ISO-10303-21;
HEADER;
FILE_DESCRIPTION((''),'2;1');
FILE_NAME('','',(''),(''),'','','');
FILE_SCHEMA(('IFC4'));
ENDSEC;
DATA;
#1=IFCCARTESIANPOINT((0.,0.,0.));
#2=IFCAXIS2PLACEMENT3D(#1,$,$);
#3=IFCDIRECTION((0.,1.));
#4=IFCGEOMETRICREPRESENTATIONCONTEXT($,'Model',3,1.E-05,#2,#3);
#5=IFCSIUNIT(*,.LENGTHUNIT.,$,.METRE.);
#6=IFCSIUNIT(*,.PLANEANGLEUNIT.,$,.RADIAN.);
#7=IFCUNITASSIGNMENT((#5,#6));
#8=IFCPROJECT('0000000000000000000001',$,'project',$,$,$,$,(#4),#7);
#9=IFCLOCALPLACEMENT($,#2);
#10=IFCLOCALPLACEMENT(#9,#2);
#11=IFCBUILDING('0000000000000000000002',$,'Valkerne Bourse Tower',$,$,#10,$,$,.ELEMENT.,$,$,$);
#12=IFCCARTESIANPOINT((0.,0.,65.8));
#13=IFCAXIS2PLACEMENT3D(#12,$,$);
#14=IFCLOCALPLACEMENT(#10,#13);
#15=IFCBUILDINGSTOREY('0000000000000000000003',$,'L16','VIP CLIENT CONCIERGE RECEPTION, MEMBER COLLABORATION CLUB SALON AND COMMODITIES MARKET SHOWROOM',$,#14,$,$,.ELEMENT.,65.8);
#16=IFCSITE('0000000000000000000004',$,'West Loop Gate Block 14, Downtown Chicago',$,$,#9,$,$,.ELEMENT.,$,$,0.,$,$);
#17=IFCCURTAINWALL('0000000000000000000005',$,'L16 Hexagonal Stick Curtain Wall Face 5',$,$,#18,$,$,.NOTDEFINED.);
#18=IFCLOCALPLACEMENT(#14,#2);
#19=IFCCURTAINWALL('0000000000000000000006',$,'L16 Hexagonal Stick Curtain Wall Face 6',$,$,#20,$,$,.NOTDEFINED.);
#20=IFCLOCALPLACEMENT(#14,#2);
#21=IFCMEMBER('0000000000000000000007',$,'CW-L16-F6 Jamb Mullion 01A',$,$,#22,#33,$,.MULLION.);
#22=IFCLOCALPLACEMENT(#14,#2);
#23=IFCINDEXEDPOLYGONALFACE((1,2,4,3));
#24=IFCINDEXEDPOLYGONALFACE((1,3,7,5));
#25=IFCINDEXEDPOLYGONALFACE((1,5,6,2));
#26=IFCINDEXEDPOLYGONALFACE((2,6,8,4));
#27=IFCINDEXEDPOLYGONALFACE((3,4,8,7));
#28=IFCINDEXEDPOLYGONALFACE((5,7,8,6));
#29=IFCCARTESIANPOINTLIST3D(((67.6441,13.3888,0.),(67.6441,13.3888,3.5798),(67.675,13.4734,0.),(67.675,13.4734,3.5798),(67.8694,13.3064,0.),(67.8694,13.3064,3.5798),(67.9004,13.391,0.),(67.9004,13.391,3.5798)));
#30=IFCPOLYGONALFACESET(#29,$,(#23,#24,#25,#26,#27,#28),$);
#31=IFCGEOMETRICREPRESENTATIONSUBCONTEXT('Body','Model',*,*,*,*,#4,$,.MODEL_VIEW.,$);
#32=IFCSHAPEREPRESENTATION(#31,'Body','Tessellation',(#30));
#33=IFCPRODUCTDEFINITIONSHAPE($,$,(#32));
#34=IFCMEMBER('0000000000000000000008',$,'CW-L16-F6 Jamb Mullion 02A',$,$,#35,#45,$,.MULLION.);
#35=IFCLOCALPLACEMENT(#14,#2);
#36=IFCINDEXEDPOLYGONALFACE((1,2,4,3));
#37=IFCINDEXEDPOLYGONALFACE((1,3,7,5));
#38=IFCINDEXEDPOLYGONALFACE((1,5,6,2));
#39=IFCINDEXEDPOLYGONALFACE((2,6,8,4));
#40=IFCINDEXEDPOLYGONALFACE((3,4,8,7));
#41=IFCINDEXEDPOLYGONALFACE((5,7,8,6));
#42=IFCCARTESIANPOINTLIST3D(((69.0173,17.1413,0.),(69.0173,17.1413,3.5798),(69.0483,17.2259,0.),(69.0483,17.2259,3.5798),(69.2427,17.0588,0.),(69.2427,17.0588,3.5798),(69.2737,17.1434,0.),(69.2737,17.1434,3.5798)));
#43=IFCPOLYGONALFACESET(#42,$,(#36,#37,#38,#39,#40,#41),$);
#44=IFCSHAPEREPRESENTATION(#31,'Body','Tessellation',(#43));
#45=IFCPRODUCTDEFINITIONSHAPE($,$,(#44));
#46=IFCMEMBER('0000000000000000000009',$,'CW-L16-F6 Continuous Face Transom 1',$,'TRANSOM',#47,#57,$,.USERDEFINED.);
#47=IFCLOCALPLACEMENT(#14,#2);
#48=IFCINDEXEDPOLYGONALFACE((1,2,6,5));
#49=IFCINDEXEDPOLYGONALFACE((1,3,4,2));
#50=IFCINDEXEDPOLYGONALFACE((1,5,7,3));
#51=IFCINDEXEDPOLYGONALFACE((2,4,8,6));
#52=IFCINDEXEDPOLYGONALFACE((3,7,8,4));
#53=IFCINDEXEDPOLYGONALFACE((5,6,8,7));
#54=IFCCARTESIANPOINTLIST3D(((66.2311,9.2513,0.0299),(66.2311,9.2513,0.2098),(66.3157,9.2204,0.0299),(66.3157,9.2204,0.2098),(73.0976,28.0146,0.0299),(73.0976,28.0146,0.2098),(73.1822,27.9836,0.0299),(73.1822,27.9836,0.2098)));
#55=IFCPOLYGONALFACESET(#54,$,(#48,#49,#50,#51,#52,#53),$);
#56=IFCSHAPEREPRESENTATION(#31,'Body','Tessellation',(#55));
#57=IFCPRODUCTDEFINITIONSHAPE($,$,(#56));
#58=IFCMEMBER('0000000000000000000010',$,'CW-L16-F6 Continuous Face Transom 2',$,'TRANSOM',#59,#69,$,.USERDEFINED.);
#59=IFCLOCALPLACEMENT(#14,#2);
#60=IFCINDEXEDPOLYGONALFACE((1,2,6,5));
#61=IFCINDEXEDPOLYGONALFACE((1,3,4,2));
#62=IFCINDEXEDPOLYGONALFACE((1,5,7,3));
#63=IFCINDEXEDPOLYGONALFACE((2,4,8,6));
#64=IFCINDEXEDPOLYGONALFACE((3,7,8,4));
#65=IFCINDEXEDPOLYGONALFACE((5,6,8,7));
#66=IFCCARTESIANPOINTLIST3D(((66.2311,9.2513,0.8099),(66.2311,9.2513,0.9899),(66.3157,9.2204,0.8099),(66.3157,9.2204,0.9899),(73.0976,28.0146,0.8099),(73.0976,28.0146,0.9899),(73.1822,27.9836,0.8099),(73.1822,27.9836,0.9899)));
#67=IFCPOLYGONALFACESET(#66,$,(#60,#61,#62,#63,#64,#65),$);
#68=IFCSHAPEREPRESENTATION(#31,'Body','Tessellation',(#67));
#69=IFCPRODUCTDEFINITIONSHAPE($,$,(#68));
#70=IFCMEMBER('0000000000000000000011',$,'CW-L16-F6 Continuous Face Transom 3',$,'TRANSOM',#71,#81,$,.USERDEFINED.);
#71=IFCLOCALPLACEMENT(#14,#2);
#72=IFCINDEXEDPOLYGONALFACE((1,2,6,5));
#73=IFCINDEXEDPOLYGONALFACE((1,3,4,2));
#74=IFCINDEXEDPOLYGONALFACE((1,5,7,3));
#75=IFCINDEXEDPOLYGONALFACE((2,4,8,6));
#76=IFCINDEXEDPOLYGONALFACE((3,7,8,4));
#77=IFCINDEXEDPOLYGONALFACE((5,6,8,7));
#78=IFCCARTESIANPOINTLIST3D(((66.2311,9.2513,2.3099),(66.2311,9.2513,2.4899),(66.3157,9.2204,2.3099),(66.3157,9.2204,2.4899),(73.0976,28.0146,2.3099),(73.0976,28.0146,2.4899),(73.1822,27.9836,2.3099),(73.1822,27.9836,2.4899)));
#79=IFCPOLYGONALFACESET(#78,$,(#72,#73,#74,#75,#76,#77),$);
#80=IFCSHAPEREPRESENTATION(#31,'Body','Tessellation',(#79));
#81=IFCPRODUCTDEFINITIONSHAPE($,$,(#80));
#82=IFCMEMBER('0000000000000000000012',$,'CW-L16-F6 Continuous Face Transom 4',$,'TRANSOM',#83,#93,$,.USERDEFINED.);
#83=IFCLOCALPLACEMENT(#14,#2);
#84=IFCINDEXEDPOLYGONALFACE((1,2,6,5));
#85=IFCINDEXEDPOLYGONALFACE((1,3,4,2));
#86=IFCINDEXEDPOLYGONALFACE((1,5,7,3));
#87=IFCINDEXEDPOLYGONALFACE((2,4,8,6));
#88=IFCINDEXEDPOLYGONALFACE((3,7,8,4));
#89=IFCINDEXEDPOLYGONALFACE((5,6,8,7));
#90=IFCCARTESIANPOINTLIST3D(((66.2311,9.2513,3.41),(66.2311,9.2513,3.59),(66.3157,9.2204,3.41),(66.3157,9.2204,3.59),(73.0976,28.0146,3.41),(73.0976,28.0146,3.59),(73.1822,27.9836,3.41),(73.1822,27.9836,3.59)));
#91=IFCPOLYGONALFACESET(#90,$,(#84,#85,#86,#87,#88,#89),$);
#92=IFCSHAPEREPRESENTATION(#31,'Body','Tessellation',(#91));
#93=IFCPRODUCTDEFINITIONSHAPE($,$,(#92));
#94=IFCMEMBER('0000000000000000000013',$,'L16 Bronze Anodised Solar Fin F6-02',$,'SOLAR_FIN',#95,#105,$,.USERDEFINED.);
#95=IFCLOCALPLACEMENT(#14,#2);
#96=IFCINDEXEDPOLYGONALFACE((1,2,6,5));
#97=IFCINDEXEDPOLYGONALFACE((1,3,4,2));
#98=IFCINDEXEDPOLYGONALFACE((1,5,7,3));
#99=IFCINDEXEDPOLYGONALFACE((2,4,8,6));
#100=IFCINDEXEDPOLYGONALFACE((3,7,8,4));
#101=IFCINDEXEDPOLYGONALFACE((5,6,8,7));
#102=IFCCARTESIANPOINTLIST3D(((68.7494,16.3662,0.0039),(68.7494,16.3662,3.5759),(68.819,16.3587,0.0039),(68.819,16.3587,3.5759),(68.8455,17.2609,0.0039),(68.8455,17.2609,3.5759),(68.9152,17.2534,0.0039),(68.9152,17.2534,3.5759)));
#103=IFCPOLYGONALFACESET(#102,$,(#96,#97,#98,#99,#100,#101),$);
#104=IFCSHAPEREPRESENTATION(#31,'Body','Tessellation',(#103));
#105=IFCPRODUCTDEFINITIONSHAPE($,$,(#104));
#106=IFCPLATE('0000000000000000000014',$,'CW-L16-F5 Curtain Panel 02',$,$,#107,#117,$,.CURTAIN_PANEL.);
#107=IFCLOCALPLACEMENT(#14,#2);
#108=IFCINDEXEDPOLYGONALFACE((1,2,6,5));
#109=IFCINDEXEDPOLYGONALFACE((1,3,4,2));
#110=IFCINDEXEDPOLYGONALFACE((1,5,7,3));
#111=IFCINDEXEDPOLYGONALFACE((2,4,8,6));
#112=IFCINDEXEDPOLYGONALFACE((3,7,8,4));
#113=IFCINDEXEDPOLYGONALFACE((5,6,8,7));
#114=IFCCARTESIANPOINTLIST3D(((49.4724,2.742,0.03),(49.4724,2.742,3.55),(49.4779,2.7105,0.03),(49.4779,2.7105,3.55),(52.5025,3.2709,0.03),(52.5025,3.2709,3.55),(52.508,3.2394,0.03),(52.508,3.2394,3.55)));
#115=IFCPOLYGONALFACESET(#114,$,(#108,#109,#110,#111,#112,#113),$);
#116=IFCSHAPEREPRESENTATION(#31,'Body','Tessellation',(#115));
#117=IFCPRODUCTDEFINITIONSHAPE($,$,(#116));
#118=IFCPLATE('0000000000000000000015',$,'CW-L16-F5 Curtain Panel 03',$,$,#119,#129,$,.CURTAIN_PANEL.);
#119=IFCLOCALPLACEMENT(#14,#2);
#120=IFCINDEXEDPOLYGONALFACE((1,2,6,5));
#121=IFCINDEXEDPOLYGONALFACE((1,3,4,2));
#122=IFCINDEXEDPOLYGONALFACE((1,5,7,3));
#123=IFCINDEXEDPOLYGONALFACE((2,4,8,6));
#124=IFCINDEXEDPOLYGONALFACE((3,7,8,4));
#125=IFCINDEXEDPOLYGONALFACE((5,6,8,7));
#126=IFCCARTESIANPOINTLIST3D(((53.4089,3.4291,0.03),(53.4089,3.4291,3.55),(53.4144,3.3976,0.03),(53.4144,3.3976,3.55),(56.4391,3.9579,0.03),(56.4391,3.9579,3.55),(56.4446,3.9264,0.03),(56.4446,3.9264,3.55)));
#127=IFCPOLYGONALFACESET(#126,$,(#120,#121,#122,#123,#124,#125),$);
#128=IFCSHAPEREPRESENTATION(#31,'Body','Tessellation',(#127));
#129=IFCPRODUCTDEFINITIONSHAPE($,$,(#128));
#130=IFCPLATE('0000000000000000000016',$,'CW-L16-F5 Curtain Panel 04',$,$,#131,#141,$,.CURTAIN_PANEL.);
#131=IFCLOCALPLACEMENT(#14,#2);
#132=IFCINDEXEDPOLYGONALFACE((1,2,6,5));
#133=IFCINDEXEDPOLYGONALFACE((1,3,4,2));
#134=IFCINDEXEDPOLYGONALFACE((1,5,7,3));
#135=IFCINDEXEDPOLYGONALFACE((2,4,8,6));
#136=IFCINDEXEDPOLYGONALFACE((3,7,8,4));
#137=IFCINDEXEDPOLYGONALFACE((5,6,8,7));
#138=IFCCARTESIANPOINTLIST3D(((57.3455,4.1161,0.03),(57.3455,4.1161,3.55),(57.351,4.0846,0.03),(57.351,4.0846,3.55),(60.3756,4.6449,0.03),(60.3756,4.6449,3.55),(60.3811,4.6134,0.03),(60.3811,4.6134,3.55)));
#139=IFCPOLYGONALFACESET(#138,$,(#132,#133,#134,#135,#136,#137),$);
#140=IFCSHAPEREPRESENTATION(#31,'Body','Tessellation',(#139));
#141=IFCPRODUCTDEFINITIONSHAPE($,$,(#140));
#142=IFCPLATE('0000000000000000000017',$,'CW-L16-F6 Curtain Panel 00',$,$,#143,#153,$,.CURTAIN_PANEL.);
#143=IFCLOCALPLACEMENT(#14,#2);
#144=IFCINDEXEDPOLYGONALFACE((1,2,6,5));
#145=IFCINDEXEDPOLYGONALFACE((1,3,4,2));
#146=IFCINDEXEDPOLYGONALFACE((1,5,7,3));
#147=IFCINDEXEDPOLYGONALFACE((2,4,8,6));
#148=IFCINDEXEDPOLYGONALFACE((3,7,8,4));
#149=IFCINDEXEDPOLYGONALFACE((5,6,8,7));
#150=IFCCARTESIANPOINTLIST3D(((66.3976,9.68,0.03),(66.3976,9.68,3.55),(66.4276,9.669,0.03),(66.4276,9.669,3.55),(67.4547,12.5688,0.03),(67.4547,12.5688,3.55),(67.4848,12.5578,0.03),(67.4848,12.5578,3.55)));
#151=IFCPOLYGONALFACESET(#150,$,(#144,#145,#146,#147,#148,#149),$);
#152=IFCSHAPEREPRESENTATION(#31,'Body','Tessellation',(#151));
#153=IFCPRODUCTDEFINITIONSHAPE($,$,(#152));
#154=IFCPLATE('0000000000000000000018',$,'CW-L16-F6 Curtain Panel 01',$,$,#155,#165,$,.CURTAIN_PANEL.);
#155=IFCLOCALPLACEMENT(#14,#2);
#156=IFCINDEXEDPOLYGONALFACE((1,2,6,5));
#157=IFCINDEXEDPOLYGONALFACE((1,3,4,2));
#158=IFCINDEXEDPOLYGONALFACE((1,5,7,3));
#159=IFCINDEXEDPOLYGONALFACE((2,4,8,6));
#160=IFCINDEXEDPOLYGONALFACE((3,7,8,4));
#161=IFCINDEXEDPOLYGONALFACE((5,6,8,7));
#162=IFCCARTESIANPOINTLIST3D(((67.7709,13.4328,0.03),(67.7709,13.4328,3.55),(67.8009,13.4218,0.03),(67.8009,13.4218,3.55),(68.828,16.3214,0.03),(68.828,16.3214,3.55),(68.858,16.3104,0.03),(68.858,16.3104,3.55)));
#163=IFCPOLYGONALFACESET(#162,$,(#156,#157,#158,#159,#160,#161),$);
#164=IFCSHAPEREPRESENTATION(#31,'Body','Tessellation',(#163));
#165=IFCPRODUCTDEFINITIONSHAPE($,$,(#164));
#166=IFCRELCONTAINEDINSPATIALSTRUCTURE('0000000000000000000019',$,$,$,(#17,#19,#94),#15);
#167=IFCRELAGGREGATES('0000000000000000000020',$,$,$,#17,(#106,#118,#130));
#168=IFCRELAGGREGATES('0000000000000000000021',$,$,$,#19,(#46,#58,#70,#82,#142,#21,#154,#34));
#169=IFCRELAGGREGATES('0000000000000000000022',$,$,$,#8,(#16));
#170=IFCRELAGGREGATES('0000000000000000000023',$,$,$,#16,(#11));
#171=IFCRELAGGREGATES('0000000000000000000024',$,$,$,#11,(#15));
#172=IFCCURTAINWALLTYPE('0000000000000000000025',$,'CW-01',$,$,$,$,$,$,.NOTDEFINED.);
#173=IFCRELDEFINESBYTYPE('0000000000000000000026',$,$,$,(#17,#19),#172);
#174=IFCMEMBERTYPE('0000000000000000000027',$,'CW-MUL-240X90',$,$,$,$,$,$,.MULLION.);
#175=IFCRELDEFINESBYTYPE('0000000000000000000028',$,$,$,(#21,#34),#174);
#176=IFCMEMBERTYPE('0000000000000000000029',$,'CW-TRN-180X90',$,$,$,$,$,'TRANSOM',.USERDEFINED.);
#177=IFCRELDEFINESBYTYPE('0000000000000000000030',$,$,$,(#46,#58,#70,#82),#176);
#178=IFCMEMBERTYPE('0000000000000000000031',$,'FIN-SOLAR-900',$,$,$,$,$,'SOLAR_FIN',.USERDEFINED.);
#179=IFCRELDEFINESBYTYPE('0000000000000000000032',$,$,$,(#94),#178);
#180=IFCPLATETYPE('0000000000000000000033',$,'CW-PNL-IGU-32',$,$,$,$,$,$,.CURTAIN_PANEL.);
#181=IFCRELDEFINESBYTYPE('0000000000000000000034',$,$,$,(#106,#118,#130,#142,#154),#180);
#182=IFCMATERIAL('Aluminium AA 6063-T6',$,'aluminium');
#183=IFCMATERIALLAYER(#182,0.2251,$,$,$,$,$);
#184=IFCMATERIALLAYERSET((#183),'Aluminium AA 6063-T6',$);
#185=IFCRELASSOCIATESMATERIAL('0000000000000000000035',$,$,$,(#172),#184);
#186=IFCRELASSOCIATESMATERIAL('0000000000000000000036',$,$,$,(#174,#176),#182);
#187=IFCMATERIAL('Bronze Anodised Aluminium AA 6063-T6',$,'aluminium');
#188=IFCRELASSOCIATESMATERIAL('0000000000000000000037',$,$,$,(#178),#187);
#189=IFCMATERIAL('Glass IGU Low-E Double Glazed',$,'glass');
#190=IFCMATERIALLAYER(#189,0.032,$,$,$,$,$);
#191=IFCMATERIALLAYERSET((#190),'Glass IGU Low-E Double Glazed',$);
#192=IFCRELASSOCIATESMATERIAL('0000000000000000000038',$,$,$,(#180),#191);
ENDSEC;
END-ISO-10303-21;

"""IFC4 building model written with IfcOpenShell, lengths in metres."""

from ifc_helpers import new_model, si_unit, direction, frame, origin, origin_2d, place, context, subcontext, project, spatial, rectangle, extrude, material, layer, layer_set, material_profile, profile_set, type_object, element, aggregate, save


model = new_model("IFC4")

# Units and contexts
model_context = context("Model", 3, precision=1e-05, world=origin(), true_north=direction((0.0, 1.0)))
body_context = subcontext(model_context, "Body", "Model", "MODEL_VIEW")
ifc_project = project(units=[si_unit("LENGTHUNIT", "METRE"), si_unit("PLANEANGLEUNIT", "RADIAN")], contexts=[model_context])

# Site, building, storey
site_placement = place(None, origin())
site = spatial("IfcSite", under=ifc_project, at=site_placement, Name="West Loop Gate Block 14, Downtown Chicago", CompositionType="ELEMENT", RefElevation=0.0)
building_placement = place(site_placement, origin())
building = spatial("IfcBuilding", under=site, at=building_placement, Name="Valkerne Bourse Tower", CompositionType="ELEMENT")
storey_placement = place(building_placement, frame((0.0, 0.0, 65.8)))
storey = spatial("IfcBuildingStorey", under=building, at=storey_placement, Name="L16", Description="VIP CLIENT CONCIERGE RECEPTION, MEMBER COLLABORATION CLUB SALON AND COMMODITIES MARKET SHOWROOM", CompositionType="ELEMENT", Elevation=65.8)

# Curtain walls, members
ifc_material_1 = material(Name="Aluminium AA 6063-T6", Category="aluminium")
ifc_layer_1 = layer(ifc_material_1, 0.2251)
ifc_layer_set_1 = layer_set([ifc_layer_1], Name="Aluminium AA 6063-T6")
curtain_wall_type = type_object("IfcCurtainWallType", Name="CW-01", PredefinedType="NOTDEFINED", material=ifc_layer_set_1)
curtain_wall_1_placement = place(storey_placement, origin())
curtain_wall_1 = element("IfcCurtainWall", 1, at=curtain_wall_1_placement, inside=storey, type_object=curtain_wall_type, Name="L16 Hexagonal Stick Curtain Wall Face 5", PredefinedType="NOTDEFINED")
ifc_material_profile_1 = material_profile(ifc_material_1, rectangle(XDim=0.0901, YDim=0.24, at=origin_2d()), Name="CWM-90X240")
ifc_profile_set_1 = profile_set([ifc_material_profile_1], Name="Aluminium AA 6063-T6")
member_type_1 = type_object("IfcMemberType", Name="CW-MUL-240X90", PredefinedType="MULLION", material=ifc_profile_set_1)
curtain_wall_2_placement = place(storey_placement, origin())
curtain_wall_2 = element("IfcCurtainWall", 2, at=curtain_wall_2_placement, inside=storey, type_object=curtain_wall_type, Name="L16 Hexagonal Stick Curtain Wall Face 6", PredefinedType="NOTDEFINED")
member_1_placement = place(storey_placement, frame((67.7722, 13.3899, 0.0), z_axis=(0.0, 0.0, 1.0), x_axis=(0.343669, 0.939091, 0.0)))
member_1 = element("IfcMember", 3, at=member_1_placement, type_object=member_type_1, Name="CW-L16-F6 Jamb Mullion 01A", PredefinedType="MULLION", context=body_context, shape_type="SweptSolid", body=[
    extrude(rectangle(XDim=0.0901, YDim=0.24, at=origin_2d()), origin(), (0.0, 0.0, 1.0), 3.5798),
])
member_2_placement = place(storey_placement, frame((69.1455, 17.1423, 0.0), z_axis=(0.0, 0.0, 1.0), x_axis=(0.343647, 0.939099, 0.0)))
member_2 = element("IfcMember", 4, at=member_2_placement, type_object=member_type_1, Name="CW-L16-F6 Jamb Mullion 02A", PredefinedType="MULLION", context=body_context, shape_type="SweptSolid", body=[
    extrude(rectangle(XDim=0.0901, YDim=0.24, at=origin_2d()), origin(), (0.0, 0.0, 1.0), 3.5798),
])
ifc_material_profile_2 = material_profile(ifc_material_1, rectangle(XDim=0.0901, YDim=0.1799, at=origin_2d()), Name="CWT-90X180")
ifc_profile_set_2 = profile_set([ifc_material_profile_2], Name="Aluminium AA 6063-T6")
member_type_2 = type_object("IfcMemberType", Name="CW-TRN-180X90", ElementType="TRANSOM", PredefinedType="USERDEFINED", material=ifc_profile_set_2)
member_3_placement = place(storey_placement, frame((66.2734, 9.2358, 0.1199), z_axis=(0.343664, 0.939093, 0.0), x_axis=(-0.939093, 0.343664, 0.0)))
member_3 = element("IfcMember", 5, at=member_3_placement, type_object=member_type_2, Name="CW-L16-F6 Continuous Face Transom 1", ObjectType="TRANSOM", PredefinedType="USERDEFINED", context=body_context, shape_type="SweptSolid", body=[
    extrude(rectangle(XDim=0.0901, YDim=0.1799, at=origin_2d()), origin(), (0.0, 0.0, 1.0), 19.9802),
])
member_4_placement = place(storey_placement, frame((66.2734, 9.2358, 0.8999), z_axis=(0.343664, 0.939093, 0.0), x_axis=(-0.939093, 0.343664, 0.0)))
member_4 = element("IfcMember", 6, at=member_4_placement, type_object=member_type_2, Name="CW-L16-F6 Continuous Face Transom 2", ObjectType="TRANSOM", PredefinedType="USERDEFINED", context=body_context, shape_type="SweptSolid", body=[
    extrude(rectangle(XDim=0.0901, YDim=0.1799, at=origin_2d()), origin(), (0.0, 0.0, 1.0), 19.9802),
])
member_5_placement = place(storey_placement, frame((66.2734, 9.2358, 2.3999), z_axis=(0.343664, 0.939093, 0.0), x_axis=(-0.939093, 0.343664, 0.0)))
member_5 = element("IfcMember", 7, at=member_5_placement, type_object=member_type_2, Name="CW-L16-F6 Continuous Face Transom 3", ObjectType="TRANSOM", PredefinedType="USERDEFINED", context=body_context, shape_type="SweptSolid", body=[
    extrude(rectangle(XDim=0.0901, YDim=0.1799, at=origin_2d()), origin(), (0.0, 0.0, 1.0), 19.9802),
])
member_6_placement = place(storey_placement, frame((66.2734, 9.2358, 3.5), z_axis=(0.343664, 0.939093, 0.0), x_axis=(-0.939093, 0.343664, 0.0)))
member_6 = element("IfcMember", 8, at=member_6_placement, type_object=member_type_2, Name="CW-L16-F6 Continuous Face Transom 4", ObjectType="TRANSOM", PredefinedType="USERDEFINED", context=body_context, shape_type="SweptSolid", body=[
    extrude(rectangle(XDim=0.0901, YDim=0.1799, at=origin_2d()), origin(), (0.0, 0.0, 1.0), 19.9802),
])

# Member
ifc_material_2 = material(Name="Bronze Anodised Aluminium AA 6063-T6", Category="aluminium")
ifc_material_profile_3 = material_profile(ifc_material_2, rectangle(XDim=0.0701, YDim=0.8999, at=origin_2d()), Name="FIN-70X900")
ifc_profile_set_3 = profile_set([ifc_material_profile_3], Name="Bronze Anodised Aluminium AA 6063-T6")
member_type_3 = type_object("IfcMemberType", Name="FIN-SOLAR-900", ElementType="SOLAR_FIN", PredefinedType="USERDEFINED", material=ifc_profile_set_3)
member_7_placement = place(storey_placement, frame((68.8323, 16.8098, 0.0039), z_axis=(0.0, 0.0, 1.0), x_axis=(0.994279, -0.106814, 0.0)))
element("IfcMember", 9, at=member_7_placement, inside=storey, type_object=member_type_3, Name="L16 Bronze Anodised Solar Fin F6-02", ObjectType="SOLAR_FIN", PredefinedType="USERDEFINED", context=body_context, shape_type="SweptSolid", body=[
    extrude(rectangle(XDim=0.0701, YDim=0.8999, at=origin_2d()), origin(), (0.0, 0.0, 1.0), 3.572),
])

# Plates
ifc_material_3 = material(Name="Glass IGU Low-E Double Glazed", Category="glass")
ifc_layer_2 = layer(ifc_material_3, 0.032)
ifc_layer_set_2 = layer_set([ifc_layer_2], Name="Glass IGU Low-E Double Glazed")
plate_type = type_object("IfcPlateType", Name="CW-PNL-IGU-32", PredefinedType="CURTAIN_PANEL", material=ifc_layer_set_2)
plate_1_placement = place(storey_placement, frame((50.9902, 2.9907, 0.03), z_axis=(0.0, 0.0, 1.0), x_axis=(0.985106, 0.171946, 0.0)))
plate_1 = element("IfcPlate", 10, at=plate_1_placement, type_object=plate_type, Name="CW-L16-F5 Curtain Panel 02", PredefinedType="CURTAIN_PANEL", context=body_context, shape_type="SweptSolid", body=[
    extrude(rectangle(XDim=3.0759, YDim=0.032, at=origin_2d()), origin(), (0.0, 0.0, 1.0), 3.52),
])
plate_2_placement = place(storey_placement, frame((54.9268, 3.6777, 0.03), z_axis=(0.0, 0.0, 1.0), x_axis=(0.985111, 0.171922, 0.0)))
plate_2 = element("IfcPlate", 11, at=plate_2_placement, type_object=plate_type, Name="CW-L16-F5 Curtain Panel 03", PredefinedType="CURTAIN_PANEL", context=body_context, shape_type="SweptSolid", body=[
    extrude(rectangle(XDim=3.0759, YDim=0.032, at=origin_2d()), origin(), (0.0, 0.0, 1.0), 3.52),
])
plate_3_placement = place(storey_placement, frame((58.8633, 4.3647, 0.03), z_axis=(0.0, 0.0, 1.0), x_axis=(0.985111, 0.171922, 0.0)))
plate_3 = element("IfcPlate", 12, at=plate_3_placement, type_object=plate_type, Name="CW-L16-F5 Curtain Panel 04", PredefinedType="CURTAIN_PANEL", context=body_context, shape_type="SweptSolid", body=[
    extrude(rectangle(XDim=3.0759, YDim=0.032, at=origin_2d()), origin(), (0.0, 0.0, 1.0), 3.52),
])
aggregate(curtain_wall_1, [plate_1, plate_2, plate_3])
plate_4_placement = place(storey_placement, frame((66.9412, 11.1189, 0.03), z_axis=(0.0, 0.0, 1.0), x_axis=(0.343661, 0.939094, 0.0)))
plate_4 = element("IfcPlate", 13, at=plate_4_placement, type_object=plate_type, Name="CW-L16-F6 Curtain Panel 00", PredefinedType="CURTAIN_PANEL", context=body_context, shape_type="SweptSolid", body=[
    extrude(rectangle(XDim=3.0762, YDim=0.032, at=origin_2d()), origin(), (0.0, 0.0, 1.0), 3.52),
])
plate_5_placement = place(storey_placement, frame((68.3145, 14.8716, 0.03), z_axis=(0.0, 0.0, 1.0), x_axis=(0.343669, 0.939091, 0.0)))
plate_5 = element("IfcPlate", 14, at=plate_5_placement, type_object=plate_type, Name="CW-L16-F6 Curtain Panel 01", PredefinedType="CURTAIN_PANEL", context=body_context, shape_type="SweptSolid", body=[
    extrude(rectangle(XDim=3.0759, YDim=0.032, at=origin_2d()), origin(), (0.0, 0.0, 1.0), 3.52),
])
aggregate(curtain_wall_2, [member_3, member_4, member_5, member_6, plate_4, member_1, plate_5, member_2])

save(model, "model.ifc")
